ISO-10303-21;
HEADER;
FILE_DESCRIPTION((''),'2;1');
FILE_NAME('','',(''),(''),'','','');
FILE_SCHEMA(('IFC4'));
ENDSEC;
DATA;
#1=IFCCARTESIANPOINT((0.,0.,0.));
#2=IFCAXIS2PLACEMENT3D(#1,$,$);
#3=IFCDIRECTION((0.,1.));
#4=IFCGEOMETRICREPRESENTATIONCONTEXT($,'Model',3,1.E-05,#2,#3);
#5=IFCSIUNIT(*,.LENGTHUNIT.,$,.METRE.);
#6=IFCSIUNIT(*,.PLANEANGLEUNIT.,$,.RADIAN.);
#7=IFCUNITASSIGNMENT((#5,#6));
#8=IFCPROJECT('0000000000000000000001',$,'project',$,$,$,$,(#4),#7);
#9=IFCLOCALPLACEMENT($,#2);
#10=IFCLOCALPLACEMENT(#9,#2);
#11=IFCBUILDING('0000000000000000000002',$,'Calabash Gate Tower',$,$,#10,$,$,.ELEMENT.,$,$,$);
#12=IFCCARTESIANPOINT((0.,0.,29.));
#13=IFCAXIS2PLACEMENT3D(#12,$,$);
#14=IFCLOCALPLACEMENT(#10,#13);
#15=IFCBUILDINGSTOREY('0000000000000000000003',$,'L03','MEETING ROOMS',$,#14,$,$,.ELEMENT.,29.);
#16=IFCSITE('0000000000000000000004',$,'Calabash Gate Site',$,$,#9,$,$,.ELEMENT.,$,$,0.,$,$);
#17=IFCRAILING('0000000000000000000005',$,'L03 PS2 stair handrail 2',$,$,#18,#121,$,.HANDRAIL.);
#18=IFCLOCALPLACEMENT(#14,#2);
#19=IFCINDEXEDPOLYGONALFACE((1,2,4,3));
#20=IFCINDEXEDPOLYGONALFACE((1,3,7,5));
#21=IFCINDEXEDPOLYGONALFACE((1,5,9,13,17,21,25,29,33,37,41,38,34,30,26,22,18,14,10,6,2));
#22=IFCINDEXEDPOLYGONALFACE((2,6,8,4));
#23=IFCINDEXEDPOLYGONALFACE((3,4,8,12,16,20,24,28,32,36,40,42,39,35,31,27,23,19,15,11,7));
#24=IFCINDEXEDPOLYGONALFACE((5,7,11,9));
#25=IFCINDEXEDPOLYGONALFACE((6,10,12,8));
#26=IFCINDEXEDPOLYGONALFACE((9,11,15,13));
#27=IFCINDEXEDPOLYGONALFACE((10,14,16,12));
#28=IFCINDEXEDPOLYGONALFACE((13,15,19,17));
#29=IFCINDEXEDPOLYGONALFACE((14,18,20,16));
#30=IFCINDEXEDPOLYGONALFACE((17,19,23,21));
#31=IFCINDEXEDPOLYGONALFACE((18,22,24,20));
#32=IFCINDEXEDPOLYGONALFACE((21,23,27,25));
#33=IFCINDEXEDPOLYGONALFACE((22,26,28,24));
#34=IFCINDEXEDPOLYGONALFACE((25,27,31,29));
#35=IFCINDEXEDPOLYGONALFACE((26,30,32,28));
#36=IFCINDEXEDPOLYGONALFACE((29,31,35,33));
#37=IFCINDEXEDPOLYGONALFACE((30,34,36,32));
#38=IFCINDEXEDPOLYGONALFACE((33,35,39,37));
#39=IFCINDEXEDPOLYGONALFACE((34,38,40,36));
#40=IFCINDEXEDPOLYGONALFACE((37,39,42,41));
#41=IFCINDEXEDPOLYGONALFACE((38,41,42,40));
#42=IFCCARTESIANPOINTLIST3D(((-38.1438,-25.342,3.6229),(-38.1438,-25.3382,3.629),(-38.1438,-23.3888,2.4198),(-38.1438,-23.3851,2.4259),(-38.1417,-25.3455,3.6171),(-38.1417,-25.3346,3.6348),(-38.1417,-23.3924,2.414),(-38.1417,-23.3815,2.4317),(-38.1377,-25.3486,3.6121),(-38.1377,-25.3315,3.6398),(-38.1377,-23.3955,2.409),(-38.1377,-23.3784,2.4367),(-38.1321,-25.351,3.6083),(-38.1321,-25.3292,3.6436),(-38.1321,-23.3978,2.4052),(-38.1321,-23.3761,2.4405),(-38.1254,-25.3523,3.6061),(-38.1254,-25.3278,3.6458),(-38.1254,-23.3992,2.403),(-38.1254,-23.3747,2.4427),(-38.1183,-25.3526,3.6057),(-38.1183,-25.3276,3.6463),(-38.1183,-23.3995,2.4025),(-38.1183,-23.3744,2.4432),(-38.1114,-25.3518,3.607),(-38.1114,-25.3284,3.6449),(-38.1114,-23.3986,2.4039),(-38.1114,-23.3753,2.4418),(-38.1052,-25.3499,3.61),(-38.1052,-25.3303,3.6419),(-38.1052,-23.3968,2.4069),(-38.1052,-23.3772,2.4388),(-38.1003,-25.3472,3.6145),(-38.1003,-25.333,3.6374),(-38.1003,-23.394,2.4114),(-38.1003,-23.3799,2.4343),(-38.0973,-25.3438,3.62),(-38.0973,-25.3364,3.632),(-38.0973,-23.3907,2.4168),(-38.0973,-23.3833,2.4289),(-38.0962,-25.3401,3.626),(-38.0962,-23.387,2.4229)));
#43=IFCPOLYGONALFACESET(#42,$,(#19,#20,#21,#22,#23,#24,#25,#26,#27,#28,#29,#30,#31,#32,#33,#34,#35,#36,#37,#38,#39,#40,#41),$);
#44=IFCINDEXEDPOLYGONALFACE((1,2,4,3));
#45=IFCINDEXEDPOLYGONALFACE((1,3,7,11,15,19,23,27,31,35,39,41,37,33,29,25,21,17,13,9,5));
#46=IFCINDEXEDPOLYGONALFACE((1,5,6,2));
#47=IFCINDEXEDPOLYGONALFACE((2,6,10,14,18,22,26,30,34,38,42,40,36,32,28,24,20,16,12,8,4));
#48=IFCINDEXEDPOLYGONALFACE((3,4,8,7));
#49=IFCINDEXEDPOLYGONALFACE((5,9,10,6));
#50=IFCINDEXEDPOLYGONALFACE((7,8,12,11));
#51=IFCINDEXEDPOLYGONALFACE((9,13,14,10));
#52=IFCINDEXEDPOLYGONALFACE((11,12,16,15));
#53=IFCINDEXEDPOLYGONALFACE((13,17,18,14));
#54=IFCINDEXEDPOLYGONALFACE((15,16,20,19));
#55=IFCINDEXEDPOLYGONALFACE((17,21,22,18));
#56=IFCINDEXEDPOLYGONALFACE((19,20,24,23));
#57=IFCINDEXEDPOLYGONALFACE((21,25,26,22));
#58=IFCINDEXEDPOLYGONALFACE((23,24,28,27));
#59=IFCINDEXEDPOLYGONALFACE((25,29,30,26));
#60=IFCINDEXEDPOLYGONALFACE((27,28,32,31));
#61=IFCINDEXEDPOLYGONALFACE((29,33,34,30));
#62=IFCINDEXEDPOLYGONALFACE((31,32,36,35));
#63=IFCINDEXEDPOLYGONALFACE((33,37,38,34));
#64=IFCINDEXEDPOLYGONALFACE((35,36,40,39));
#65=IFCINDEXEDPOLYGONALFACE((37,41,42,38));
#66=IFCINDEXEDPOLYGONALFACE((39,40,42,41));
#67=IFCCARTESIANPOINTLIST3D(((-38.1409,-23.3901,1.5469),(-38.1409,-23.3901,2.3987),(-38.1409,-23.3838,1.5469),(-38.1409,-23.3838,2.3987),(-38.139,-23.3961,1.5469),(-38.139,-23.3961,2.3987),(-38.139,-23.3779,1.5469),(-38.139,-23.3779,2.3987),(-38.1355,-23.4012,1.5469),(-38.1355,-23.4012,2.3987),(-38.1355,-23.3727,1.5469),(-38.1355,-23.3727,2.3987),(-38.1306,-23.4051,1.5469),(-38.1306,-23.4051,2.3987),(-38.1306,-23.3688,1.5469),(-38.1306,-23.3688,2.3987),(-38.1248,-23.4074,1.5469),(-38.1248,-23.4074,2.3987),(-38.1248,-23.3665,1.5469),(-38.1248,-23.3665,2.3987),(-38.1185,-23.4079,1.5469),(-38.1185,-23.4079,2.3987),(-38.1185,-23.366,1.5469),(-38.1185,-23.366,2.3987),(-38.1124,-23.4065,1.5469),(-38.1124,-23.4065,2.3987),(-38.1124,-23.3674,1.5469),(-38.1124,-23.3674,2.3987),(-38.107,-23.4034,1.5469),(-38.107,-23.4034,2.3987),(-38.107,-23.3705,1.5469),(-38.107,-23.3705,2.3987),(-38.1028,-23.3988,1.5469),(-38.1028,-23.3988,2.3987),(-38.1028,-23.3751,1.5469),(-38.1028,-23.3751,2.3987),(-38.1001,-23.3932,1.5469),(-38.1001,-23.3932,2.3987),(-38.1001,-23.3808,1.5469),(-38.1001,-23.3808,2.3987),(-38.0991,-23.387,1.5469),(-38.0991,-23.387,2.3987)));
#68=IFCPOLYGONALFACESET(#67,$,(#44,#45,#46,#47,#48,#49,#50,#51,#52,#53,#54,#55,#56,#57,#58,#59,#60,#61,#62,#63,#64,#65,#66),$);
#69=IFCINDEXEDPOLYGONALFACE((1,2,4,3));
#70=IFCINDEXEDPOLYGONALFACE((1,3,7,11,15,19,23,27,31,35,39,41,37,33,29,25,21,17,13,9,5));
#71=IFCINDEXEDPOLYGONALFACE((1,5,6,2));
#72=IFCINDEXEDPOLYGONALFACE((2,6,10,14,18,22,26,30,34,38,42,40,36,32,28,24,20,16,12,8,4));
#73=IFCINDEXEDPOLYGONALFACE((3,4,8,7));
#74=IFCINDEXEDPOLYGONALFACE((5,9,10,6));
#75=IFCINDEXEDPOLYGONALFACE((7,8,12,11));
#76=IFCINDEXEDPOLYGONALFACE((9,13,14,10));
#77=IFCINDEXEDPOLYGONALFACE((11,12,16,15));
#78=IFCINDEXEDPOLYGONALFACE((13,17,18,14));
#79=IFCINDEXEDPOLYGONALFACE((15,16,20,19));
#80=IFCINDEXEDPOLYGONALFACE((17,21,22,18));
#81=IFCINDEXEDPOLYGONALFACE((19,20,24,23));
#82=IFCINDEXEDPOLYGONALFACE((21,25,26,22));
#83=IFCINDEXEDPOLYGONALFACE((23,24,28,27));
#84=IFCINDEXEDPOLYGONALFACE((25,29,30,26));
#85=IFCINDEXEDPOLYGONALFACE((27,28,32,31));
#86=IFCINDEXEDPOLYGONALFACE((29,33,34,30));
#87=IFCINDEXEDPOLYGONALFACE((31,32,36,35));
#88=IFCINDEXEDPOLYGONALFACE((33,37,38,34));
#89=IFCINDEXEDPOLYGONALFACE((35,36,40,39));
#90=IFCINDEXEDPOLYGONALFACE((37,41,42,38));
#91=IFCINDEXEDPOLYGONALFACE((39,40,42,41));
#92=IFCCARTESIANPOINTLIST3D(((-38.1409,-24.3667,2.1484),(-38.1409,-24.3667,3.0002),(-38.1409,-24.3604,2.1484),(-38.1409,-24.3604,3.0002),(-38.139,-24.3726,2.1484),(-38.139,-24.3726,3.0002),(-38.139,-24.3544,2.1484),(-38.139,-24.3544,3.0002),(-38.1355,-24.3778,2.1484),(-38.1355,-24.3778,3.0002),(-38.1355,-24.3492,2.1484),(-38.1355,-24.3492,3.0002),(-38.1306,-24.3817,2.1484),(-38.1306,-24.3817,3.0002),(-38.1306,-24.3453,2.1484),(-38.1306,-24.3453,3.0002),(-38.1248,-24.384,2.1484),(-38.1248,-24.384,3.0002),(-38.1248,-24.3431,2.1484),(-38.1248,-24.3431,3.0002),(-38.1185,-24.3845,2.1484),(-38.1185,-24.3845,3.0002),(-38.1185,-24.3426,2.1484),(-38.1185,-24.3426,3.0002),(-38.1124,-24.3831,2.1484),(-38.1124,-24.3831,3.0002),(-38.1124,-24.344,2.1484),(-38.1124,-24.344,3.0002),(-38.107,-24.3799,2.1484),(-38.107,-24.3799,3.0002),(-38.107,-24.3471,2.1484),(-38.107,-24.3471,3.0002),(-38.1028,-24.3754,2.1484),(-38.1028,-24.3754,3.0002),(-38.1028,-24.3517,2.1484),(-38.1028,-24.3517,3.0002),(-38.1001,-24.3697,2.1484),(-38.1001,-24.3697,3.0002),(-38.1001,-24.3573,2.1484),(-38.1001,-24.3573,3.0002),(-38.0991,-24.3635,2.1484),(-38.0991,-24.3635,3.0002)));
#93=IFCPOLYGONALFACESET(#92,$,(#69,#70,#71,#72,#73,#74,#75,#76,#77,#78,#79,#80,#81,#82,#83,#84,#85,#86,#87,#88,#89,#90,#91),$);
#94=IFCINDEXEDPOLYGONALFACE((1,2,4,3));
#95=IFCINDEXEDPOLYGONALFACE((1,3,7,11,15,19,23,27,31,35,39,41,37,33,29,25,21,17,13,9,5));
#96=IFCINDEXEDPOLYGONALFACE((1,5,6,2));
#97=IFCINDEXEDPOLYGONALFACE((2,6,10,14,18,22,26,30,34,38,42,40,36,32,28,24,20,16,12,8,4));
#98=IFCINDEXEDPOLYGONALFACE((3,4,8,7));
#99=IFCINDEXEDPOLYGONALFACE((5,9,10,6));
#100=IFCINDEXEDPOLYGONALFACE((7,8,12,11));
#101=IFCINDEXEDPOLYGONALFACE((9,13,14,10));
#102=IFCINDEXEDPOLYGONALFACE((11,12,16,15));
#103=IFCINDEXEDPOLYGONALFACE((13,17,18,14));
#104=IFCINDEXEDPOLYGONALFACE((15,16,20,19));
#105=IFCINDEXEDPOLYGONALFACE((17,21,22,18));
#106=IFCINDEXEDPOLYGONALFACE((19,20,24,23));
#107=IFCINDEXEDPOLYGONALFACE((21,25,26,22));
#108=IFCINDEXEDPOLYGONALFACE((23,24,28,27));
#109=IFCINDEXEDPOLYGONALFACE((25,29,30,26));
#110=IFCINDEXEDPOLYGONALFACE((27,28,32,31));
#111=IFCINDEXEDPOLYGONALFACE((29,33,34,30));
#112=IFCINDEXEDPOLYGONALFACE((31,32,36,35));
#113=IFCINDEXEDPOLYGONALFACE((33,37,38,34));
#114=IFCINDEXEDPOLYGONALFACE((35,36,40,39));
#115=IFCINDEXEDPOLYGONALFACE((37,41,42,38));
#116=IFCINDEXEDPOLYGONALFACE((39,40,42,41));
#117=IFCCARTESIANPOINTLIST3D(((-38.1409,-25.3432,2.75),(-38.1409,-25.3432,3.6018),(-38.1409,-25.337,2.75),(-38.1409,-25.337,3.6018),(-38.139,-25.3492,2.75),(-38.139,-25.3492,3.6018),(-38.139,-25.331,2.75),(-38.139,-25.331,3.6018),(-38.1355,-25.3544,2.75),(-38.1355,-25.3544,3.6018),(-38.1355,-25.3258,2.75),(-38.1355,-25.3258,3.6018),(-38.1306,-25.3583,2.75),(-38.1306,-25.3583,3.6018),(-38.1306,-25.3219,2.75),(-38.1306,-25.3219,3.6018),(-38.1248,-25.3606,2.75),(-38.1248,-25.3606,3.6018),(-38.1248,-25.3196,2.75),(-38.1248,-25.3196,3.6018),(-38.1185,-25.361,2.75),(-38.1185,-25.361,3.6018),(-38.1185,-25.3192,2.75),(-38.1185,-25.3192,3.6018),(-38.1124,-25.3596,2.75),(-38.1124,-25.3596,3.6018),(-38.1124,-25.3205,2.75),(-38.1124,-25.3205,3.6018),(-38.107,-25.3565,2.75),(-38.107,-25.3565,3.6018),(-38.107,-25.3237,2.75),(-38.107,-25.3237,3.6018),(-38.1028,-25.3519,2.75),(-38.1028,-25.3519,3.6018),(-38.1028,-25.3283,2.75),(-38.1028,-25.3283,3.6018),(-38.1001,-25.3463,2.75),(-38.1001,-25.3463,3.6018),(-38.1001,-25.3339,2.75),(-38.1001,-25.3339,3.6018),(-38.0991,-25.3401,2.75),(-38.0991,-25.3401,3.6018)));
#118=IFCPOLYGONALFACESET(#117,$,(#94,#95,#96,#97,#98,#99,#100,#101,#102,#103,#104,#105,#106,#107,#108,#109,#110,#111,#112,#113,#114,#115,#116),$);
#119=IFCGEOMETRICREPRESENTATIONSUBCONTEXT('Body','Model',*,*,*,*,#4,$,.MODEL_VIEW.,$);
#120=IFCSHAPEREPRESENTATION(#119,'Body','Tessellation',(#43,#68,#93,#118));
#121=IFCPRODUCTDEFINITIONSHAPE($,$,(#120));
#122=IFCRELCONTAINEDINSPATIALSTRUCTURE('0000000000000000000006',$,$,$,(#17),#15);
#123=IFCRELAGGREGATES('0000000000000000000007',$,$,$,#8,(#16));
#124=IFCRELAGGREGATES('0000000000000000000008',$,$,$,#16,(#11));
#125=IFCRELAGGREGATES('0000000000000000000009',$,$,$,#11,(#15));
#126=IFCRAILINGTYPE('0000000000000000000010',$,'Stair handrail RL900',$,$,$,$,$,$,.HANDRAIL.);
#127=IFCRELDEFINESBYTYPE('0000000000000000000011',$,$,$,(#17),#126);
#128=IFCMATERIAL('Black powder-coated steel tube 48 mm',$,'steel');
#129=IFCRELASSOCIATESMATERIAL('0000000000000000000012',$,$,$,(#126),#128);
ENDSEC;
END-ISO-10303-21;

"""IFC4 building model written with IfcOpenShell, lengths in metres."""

from ifc_helpers import new_model, si_unit, direction, frame, origin, origin_2d, place, context, subcontext, project, spatial, circle, extrude, material, type_object, element, save


model = new_model("IFC4")

# Units and contexts
model_context = context("Model", 3, precision=1e-05, world=origin(), true_north=direction((0.0, 1.0)))
body_context = subcontext(model_context, "Body", "Model", "MODEL_VIEW")
ifc_project = project(units=[si_unit("LENGTHUNIT", "METRE"), si_unit("PLANEANGLEUNIT", "RADIAN")], contexts=[model_context])

# Site, building, storey
site_placement = place(None, origin())
site = spatial("IfcSite", under=ifc_project, at=site_placement, Name="Calabash Gate Site", CompositionType="ELEMENT", RefElevation=0.0)
building_placement = place(site_placement, origin())
building = spatial("IfcBuilding", under=site, at=building_placement, Name="Calabash Gate Tower", CompositionType="ELEMENT")
storey_placement = place(building_placement, frame((0.0, 0.0, 29.0)))
storey = spatial("IfcBuildingStorey", under=building, at=storey_placement, Name="L03", Description="MEETING ROOMS", CompositionType="ELEMENT", Elevation=29.0)

# Railing
ifc_material_1 = material(Name="Black powder-coated steel tube 48 mm", Category="steel")
railing_type_1 = type_object("IfcRailingType", Name="Stair handrail RL900", PredefinedType="HANDRAIL", material=ifc_material_1)
railing_1_placement = place(storey_placement, frame((-38.1201, -23.387, 1.5469)))
element("IfcRailing", 1, at=railing_1_placement, inside=storey, type_object=railing_type_1, Name="L03 PS2 stair handrail 2", PredefinedType="HANDRAIL", context=body_context, shape_type="SweptSolid", body=[
    extrude(circle(Radius=0.0239, at=origin_2d()), frame((0.0, 0.0, 0.876), z_axis=(0.0, -0.851424, 0.524477), x_axis=(1.0, 0.0, 0.0)), (0.0, 0.0, 1.0), 2.2939),
    extrude(circle(Radius=0.021, at=origin_2d()), origin(), (0.0, 0.0, 1.0), 0.8518),
    extrude(circle(Radius=0.021, at=origin_2d()), frame((0.0, -0.9766, 0.6016)), (0.0, 0.0, 1.0), 0.8518),
    extrude(circle(Radius=0.021, at=origin_2d()), frame((0.0, -1.9531, 1.2031)), (0.0, 0.0, 1.0), 0.8518),
])

save(model, "model.ifc")
